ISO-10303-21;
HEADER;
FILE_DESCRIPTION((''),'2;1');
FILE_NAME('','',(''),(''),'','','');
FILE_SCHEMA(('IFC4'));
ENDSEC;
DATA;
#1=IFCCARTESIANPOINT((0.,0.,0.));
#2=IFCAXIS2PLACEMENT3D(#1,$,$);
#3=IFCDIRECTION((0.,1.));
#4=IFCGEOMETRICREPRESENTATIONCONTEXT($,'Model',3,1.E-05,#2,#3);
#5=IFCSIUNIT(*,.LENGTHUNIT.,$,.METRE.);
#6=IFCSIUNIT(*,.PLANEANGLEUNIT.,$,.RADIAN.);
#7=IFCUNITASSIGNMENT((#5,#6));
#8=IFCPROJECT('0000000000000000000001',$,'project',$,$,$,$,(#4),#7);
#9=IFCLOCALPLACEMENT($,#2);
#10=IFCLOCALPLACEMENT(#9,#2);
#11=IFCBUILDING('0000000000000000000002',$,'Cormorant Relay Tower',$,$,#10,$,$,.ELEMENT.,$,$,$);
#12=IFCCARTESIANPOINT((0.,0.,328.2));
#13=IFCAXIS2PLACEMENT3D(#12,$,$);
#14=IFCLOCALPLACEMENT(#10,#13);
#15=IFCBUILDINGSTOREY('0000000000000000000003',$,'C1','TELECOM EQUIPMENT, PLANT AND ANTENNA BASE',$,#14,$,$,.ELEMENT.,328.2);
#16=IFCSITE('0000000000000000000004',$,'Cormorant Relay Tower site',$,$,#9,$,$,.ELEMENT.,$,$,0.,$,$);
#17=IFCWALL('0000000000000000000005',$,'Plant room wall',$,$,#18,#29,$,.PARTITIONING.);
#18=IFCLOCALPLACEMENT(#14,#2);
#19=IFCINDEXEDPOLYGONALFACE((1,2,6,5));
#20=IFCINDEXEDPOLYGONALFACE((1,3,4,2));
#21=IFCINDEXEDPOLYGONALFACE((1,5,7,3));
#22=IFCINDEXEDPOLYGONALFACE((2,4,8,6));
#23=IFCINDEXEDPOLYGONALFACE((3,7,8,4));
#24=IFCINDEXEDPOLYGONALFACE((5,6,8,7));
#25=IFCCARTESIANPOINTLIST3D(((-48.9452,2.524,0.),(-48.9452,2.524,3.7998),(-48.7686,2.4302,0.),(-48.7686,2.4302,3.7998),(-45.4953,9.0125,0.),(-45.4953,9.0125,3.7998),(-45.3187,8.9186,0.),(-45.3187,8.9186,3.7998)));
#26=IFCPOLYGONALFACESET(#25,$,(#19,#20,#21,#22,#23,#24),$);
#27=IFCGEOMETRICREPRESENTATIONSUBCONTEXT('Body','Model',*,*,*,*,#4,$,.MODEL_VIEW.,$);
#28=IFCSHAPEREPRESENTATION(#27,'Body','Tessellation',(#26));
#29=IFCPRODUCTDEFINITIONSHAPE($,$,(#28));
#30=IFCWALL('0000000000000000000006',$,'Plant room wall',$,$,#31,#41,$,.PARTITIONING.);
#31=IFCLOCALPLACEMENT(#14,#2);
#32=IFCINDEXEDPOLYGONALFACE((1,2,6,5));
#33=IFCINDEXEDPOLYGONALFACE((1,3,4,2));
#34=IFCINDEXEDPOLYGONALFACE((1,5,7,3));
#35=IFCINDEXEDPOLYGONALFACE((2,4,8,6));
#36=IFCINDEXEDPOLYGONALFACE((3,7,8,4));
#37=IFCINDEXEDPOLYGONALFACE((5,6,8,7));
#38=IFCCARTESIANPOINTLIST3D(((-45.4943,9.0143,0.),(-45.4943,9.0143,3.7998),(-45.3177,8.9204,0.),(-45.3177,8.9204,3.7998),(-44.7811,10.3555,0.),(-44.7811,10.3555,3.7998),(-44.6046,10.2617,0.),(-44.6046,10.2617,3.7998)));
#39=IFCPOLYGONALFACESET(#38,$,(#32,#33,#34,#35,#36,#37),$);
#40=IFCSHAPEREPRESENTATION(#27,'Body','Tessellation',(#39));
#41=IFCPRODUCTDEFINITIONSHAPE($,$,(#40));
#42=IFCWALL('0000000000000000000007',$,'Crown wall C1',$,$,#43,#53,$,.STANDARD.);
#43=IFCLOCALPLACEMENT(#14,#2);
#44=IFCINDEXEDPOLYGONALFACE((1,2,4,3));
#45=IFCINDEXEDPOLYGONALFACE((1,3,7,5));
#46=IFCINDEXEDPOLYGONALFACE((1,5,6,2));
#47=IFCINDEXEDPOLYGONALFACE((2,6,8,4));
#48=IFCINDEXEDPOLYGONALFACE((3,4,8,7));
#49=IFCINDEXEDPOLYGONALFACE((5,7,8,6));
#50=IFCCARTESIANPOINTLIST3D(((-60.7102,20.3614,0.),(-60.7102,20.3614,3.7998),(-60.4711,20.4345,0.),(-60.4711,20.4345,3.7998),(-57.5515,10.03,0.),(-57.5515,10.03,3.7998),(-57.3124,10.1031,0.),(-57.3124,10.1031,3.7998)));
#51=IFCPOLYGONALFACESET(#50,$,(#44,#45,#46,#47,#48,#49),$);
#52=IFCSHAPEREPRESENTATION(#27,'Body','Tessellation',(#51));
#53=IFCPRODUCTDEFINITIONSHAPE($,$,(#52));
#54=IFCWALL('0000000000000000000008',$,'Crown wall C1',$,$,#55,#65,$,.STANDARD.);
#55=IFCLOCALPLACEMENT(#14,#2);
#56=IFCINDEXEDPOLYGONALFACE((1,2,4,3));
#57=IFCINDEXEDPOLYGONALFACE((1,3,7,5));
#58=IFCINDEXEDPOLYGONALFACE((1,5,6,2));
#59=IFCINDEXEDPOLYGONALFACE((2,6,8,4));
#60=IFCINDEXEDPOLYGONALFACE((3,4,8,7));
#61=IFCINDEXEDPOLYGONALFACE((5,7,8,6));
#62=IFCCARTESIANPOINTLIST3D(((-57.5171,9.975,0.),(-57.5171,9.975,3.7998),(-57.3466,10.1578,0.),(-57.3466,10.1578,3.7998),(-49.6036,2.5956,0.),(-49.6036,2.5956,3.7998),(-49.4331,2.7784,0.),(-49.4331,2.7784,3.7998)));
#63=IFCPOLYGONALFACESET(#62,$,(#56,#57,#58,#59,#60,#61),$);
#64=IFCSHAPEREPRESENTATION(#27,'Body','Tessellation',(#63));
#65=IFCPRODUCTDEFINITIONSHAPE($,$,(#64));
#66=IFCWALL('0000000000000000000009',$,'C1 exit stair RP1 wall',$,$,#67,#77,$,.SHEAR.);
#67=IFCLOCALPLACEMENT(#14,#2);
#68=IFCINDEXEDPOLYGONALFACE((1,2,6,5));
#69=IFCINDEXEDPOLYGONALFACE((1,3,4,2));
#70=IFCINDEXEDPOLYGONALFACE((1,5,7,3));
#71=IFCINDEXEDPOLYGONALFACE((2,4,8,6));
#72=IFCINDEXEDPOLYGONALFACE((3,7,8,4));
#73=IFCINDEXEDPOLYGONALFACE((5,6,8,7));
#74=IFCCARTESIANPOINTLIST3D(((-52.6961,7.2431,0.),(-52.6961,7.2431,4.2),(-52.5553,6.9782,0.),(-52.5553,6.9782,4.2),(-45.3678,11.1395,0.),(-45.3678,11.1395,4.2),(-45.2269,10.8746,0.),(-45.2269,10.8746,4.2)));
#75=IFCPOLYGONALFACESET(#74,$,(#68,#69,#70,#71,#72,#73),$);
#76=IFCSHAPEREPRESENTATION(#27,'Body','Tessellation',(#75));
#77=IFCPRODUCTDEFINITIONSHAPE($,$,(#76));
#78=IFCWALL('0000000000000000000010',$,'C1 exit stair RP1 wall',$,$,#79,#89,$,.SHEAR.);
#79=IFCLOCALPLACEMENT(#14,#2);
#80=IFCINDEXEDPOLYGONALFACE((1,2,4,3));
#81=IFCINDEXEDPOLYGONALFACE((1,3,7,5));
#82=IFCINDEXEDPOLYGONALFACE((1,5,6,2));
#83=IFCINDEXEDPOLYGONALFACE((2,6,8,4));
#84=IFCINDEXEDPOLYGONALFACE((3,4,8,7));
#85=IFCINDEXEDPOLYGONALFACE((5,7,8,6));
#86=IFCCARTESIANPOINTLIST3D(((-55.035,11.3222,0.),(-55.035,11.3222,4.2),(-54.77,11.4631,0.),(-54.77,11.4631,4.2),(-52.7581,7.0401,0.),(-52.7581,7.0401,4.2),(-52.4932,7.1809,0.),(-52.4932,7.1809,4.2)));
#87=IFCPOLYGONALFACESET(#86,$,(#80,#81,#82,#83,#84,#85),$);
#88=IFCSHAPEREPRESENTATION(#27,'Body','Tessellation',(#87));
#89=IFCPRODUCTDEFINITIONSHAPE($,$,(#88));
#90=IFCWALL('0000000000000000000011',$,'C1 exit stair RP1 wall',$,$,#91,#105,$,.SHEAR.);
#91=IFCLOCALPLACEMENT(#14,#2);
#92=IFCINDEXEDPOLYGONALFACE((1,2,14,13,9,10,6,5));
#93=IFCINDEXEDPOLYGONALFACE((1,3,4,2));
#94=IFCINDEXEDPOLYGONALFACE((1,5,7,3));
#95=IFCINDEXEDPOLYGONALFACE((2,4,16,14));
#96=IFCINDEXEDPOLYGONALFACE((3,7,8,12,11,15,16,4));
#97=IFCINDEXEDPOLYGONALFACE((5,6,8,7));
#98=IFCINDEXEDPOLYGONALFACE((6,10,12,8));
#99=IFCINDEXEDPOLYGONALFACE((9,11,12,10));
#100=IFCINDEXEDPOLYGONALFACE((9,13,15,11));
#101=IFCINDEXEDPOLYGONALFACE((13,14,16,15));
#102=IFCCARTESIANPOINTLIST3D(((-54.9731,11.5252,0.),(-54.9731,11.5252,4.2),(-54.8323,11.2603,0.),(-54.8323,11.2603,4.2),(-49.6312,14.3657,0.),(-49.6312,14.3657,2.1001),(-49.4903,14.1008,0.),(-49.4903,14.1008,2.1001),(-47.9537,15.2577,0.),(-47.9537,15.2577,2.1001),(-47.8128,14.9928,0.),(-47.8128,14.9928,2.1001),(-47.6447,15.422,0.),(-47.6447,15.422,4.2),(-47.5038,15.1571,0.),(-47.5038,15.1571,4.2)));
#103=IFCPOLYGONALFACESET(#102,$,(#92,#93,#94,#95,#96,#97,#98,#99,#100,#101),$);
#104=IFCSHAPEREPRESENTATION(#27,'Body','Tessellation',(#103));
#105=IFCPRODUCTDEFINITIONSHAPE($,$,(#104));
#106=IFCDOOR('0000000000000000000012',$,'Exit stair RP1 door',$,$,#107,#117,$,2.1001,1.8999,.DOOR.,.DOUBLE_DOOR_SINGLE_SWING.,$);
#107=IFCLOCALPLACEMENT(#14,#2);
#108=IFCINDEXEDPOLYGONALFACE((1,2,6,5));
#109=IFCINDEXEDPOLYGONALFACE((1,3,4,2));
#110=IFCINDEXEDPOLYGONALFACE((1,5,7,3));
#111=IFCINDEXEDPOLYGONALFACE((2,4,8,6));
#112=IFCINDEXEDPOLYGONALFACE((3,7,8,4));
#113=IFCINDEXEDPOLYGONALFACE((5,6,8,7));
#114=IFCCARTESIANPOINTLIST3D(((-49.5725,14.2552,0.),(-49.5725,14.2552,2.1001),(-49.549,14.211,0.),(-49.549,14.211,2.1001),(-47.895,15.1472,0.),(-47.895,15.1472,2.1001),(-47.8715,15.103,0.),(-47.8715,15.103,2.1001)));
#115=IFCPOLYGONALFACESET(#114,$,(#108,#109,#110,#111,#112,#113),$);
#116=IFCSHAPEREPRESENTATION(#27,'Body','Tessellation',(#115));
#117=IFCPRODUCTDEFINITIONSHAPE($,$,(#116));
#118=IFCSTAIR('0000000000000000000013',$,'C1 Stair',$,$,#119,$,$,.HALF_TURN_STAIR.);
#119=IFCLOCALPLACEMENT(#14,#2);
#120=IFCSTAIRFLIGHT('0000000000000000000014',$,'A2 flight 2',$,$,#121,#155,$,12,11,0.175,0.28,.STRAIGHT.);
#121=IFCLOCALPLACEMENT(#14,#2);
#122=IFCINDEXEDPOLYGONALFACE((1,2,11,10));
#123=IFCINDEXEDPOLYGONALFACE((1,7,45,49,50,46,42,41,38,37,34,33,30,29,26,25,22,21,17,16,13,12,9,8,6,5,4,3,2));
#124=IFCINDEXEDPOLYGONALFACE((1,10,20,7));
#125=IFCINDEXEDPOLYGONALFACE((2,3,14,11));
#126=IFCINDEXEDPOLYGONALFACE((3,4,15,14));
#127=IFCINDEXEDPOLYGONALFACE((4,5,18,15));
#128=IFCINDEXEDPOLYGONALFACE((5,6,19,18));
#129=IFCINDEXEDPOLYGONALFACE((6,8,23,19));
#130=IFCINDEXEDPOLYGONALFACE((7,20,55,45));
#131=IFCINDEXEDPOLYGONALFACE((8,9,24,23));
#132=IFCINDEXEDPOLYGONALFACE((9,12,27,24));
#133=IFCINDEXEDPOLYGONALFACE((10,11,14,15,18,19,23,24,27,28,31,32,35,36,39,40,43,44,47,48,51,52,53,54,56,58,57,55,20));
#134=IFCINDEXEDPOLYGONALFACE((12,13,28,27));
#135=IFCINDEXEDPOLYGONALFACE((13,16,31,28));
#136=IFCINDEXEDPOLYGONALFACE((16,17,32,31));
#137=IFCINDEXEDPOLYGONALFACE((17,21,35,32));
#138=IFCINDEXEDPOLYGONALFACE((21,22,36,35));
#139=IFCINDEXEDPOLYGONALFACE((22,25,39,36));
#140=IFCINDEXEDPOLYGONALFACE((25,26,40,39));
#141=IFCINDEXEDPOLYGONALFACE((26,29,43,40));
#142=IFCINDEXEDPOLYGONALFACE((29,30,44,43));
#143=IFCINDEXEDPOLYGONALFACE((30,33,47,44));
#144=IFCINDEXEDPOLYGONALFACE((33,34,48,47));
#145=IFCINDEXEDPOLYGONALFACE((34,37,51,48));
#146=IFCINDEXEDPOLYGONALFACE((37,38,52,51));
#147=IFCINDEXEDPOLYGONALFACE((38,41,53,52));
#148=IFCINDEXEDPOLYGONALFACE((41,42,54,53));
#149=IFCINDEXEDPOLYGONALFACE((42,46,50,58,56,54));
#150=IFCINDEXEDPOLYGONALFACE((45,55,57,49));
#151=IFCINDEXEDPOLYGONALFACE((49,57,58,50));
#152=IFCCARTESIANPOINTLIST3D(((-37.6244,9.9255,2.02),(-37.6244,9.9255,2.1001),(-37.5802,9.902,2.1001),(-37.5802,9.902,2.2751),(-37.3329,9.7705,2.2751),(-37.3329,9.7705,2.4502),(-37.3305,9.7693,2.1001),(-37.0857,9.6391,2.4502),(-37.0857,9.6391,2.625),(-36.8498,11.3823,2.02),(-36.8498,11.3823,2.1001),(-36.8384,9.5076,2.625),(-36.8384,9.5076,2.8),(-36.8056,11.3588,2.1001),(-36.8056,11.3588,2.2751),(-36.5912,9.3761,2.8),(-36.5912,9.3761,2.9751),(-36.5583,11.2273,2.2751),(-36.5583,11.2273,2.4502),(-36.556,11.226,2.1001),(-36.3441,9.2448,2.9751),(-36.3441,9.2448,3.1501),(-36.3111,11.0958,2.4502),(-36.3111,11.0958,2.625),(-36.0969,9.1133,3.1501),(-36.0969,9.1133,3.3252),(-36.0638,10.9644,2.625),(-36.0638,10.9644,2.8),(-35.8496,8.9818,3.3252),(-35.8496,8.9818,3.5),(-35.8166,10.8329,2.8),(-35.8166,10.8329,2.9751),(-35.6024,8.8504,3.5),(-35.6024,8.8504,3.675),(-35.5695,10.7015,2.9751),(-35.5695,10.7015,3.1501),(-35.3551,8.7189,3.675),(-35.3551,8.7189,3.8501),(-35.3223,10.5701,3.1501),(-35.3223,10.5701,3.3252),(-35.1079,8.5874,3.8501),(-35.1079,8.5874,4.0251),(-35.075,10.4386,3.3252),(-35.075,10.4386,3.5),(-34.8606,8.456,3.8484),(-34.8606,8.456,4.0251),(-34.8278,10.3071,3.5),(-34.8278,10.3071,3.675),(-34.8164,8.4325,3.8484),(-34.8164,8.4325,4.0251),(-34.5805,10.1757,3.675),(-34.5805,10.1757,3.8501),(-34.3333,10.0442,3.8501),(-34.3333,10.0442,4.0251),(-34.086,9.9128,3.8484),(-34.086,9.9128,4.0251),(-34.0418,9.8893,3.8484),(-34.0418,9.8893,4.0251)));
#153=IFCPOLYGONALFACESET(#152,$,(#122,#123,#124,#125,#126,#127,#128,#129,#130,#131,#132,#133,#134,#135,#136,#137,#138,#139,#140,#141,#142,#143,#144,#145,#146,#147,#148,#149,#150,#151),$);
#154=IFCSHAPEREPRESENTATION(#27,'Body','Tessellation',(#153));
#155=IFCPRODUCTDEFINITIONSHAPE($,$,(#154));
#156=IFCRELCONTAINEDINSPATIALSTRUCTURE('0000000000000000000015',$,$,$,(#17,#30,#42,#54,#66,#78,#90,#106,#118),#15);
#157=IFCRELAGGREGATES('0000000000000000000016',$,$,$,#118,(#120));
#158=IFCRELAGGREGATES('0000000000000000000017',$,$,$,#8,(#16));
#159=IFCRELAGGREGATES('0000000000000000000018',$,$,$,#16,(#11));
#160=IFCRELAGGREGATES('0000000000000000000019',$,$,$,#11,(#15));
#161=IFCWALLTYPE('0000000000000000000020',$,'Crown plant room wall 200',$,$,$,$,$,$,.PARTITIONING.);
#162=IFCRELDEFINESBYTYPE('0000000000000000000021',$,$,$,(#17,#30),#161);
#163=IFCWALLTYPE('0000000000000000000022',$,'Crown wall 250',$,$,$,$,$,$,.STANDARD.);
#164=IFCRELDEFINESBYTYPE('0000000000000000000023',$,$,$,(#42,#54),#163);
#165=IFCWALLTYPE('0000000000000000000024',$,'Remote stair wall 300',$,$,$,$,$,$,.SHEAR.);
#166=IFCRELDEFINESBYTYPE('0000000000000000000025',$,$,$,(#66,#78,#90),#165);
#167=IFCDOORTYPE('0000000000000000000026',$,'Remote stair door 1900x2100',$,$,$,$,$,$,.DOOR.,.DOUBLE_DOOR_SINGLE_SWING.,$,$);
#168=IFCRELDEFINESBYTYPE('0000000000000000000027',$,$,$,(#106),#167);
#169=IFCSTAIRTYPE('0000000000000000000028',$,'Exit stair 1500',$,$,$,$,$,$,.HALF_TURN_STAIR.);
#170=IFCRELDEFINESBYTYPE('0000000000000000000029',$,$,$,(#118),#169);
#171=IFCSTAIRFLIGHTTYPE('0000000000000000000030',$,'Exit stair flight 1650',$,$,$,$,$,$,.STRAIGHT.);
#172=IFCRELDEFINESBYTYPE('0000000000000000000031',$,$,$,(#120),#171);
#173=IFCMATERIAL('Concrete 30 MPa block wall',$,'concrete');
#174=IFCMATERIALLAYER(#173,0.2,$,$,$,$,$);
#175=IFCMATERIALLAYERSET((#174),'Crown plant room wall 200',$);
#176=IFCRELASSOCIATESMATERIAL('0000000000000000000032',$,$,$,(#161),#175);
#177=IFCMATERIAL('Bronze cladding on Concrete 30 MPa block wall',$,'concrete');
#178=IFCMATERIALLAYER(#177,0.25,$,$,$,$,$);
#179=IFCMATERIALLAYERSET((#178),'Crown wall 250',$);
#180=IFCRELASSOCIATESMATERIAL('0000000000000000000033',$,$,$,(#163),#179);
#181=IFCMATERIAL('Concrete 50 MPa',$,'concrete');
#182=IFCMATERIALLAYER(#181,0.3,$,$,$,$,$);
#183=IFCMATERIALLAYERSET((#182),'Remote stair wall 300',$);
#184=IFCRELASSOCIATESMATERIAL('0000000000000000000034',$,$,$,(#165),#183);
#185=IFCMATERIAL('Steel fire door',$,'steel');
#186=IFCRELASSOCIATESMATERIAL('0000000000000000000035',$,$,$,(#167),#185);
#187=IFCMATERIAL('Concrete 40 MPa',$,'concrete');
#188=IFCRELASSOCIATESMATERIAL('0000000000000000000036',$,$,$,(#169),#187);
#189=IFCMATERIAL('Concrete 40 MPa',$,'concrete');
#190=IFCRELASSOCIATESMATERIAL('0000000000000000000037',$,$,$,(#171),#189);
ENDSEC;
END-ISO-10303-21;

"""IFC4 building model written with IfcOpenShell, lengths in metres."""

from ifc_helpers import new_model, si_unit, direction, frame, frame_2d, origin, place, context, subcontext, project, spatial, polyline, rectangle, outline, extrude, material, layer, layer_set, type_object, element, fill, aggregate, save


model = new_model("IFC4")

# Units and contexts
model_context = context("Model", 3, precision=1e-05, world=origin(), true_north=direction((0.0, 1.0)))
body_context = subcontext(model_context, "Body", "Model", "MODEL_VIEW")
ifc_project = project(units=[si_unit("LENGTHUNIT", "METRE"), si_unit("PLANEANGLEUNIT", "RADIAN")], contexts=[model_context])

# Site, building, storey
site_placement = place(None, origin())
site = spatial("IfcSite", under=ifc_project, at=site_placement, Name="Cormorant Relay Tower site", CompositionType="ELEMENT", RefElevation=0.0)
building_placement = place(site_placement, origin())
building = spatial("IfcBuilding", under=site, at=building_placement, Name="Cormorant Relay Tower", CompositionType="ELEMENT")
storey_placement = place(building_placement, frame((0.0, 0.0, 328.2)))
storey = spatial("IfcBuildingStorey", under=building, at=storey_placement, Name="C1", Description="TELECOM EQUIPMENT, PLANT AND ANTENNA BASE", CompositionType="ELEMENT", Elevation=328.2)

# Shared definitions
ifc_material_1 = material(Name="Concrete 30 MPa block wall", Category="concrete")
ifc_layer_1 = layer(ifc_material_1, 0.2)
ifc_layer_set_1 = layer_set([ifc_layer_1], Name="Crown plant room wall 200")
wall_type_1 = type_object("IfcWallType", Name="Crown plant room wall 200", PredefinedType="PARTITIONING", material=ifc_layer_set_1)

# Walls
wall_1_placement = place(storey_placement, frame((-45.407, 8.9656, 0.0), z_axis=(0.0, 0.0, 1.0), x_axis=(-0.469465, -0.882951, 0.0)))
element("IfcWall", 1, at=wall_1_placement, inside=storey, type_object=wall_type_1, Name="Plant room wall", PredefinedType="PARTITIONING", context=body_context, shape_type="SweptSolid", body=[
    extrude(rectangle(XDim=7.3486, YDim=0.2, at=frame_2d((3.6743, 0.0))), origin(), (0.0, 0.0, 1.0), 3.7998),
])
wall_2_placement = place(storey_placement, frame((-44.6929, 10.3086, 0.0), z_axis=(0.0, 0.0, 1.0), x_axis=(-0.469445, -0.882962, 0.0)))
element("IfcWall", 2, at=wall_2_placement, inside=storey, type_object=wall_type_1, Name="Plant room wall", PredefinedType="PARTITIONING", context=body_context, shape_type="SweptSolid", body=[
    extrude(rectangle(XDim=1.519, YDim=0.2, at=frame_2d((0.7595, 0.0))), origin(), (0.0, 0.0, 1.0), 3.7998),
])
ifc_material_2 = material(Name="Bronze cladding on Concrete 30 MPa block wall", Category="concrete")
ifc_layer_2 = layer(ifc_material_2, 0.25)
ifc_layer_set_2 = layer_set([ifc_layer_2], Name="Crown wall 250")
wall_type_2 = type_object("IfcWallType", Name="Crown wall 250", PredefinedType="STANDARD", material=ifc_layer_set_2)
wall_3_placement = place(storey_placement, frame((-57.4319, 10.0664, 0.0), z_axis=(0.0, 0.0, 1.0), x_axis=(-0.29238, 0.956302, 0.0)))
element("IfcWall", 3, at=wall_3_placement, inside=storey, type_object=wall_type_2, Name="Crown wall C1", PredefinedType="STANDARD", context=body_context, shape_type="SweptSolid", body=[
    extrude(rectangle(XDim=10.8035, YDim=0.25, at=frame_2d((5.4019, 0.0))), origin(), (0.0, 0.0, 1.0), 3.7998),
])
wall_4_placement = place(storey_placement, frame((-49.5183, 2.687, 0.0), z_axis=(0.0, 0.0, 1.0), x_axis=(-0.73136, 0.681992, 0.0)))
element("IfcWall", 4, at=wall_4_placement, inside=storey, type_object=wall_type_2, Name="Crown wall C1", PredefinedType="STANDARD", context=body_context, shape_type="SweptSolid", body=[
    extrude(rectangle(XDim=10.8203, YDim=0.25, at=frame_2d((5.4102, 0.0))), origin(), (0.0, 0.0, 1.0), 3.7998),
])
ifc_material_3 = material(Name="Concrete 50 MPa", Category="concrete")
ifc_layer_3 = layer(ifc_material_3, 0.3)
ifc_layer_set_3 = layer_set([ifc_layer_3], Name="Remote stair wall 300")
wall_type_3 = type_object("IfcWallType", Name="Remote stair wall 300", PredefinedType="SHEAR", material=ifc_layer_set_3)
wall_5_placement = place(storey_placement, frame((-45.2974, 11.0071, 0.0), z_axis=(0.0, 0.0, 1.0), x_axis=(-0.882952, -0.469464, 0.0)))
element("IfcWall", 5, at=wall_5_placement, inside=storey, type_object=wall_type_3, Name="C1 exit stair RP1 wall", PredefinedType="SHEAR", context=body_context, shape_type="SweptSolid", body=[
    extrude(rectangle(XDim=8.2998, YDim=0.3, at=frame_2d((4.1499, 0.0))), origin(), (0.0, 0.0, 1.0), 4.2),
])
wall_6_placement = place(storey_placement, frame((-52.6257, 7.1106, 0.0), z_axis=(0.0, 0.0, 1.0), x_axis=(-0.469464, 0.882951, 0.0)))
element("IfcWall", 6, at=wall_6_placement, inside=storey, type_object=wall_type_3, Name="C1 exit stair RP1 wall", PredefinedType="SHEAR", context=body_context, shape_type="SweptSolid", body=[
    extrude(rectangle(XDim=4.8499, YDim=0.3, at=frame_2d((2.4248, 0.0))), origin(), (0.0, 0.0, 1.0), 4.2),
])

# Wall, opening, door
wall_7_placement = place(storey_placement, frame((-54.9026, 11.3928, 0.0), z_axis=(0.0, 0.0, 1.0), x_axis=(0.882939, 0.469487, 0.0)))
wall_7 = element("IfcWall", 7, at=wall_7_placement, inside=storey, type_object=wall_type_3, Name="C1 exit stair RP1 wall", PredefinedType="SHEAR", context=body_context, shape_type="SweptSolid", body=[
    extrude(rectangle(XDim=8.3, YDim=0.3, at=frame_2d((4.1499, 0.0))), origin(), (0.0, 0.0, 1.0), 4.2),
])
opening_1_placement = place(wall_7_placement, frame((6.05, 0.0, 0.0)))
opening_1 = element("IfcOpeningElement", 8, at=opening_1_placement, cuts=wall_7, PredefinedType="OPENING", context=body_context, shape_type="SweptSolid", body=[
    extrude(rectangle(XDim=1.8999, YDim=2.1001, at=frame_2d((0.95, 1.05))), frame((0.0, 0.1599, 0.0), z_axis=(0.0, -1.0, 0.0), x_axis=(1.0, 0.0, 0.0)), (0.0, 0.0, 1.0), 0.3201),
])
ifc_material_4 = material(Name="Steel fire door", Category="steel")
door_type_1 = type_object("IfcDoorType", Name="Remote stair door 1900x2100", OperationType="DOUBLE_DOOR_SINGLE_SWING", PredefinedType="DOOR", material=ifc_material_4)
door_1_placement = place(opening_1_placement, origin())
door_1 = element("IfcDoor", 9, at=door_1_placement, inside=storey, type_object=door_type_1, Name="Exit stair RP1 door", OperationType="DOUBLE_DOOR_SINGLE_SWING", OverallHeight=2.1001, OverallWidth=1.8999, PredefinedType="DOOR", context=body_context, shape_type="SweptSolid", body=[
    extrude(rectangle(XDim=1.8999, YDim=2.1001, at=frame_2d((0.95, 1.05))), frame((0.0, 0.0249, 0.0), z_axis=(0.0, -1.0, 0.0), x_axis=(1.0, 0.0, 0.0)), (0.0, 0.0, 1.0), 0.05),
])
fill(opening_1, door_1)

# Stair, stair flight
ifc_material_5 = material(Name="Concrete 40 MPa", Category="concrete")
stair_type_1 = type_object("IfcStairType", Name="Exit stair 1500", PredefinedType="HALF_TURN_STAIR", material=ifc_material_5)
stair_1_placement = place(storey_placement, origin())
stair_1 = element("IfcStair", 10, at=stair_1_placement, inside=storey, type_object=stair_type_1, Name="C1 Stair", PredefinedType="HALF_TURN_STAIR")
ifc_material_6 = material(Name="Concrete 40 MPa", Category="concrete")
stair_flight_type_1 = type_object("IfcStairFlightType", Name="Exit stair flight 1650", PredefinedType="STRAIGHT", material=ifc_material_6)
stair_flight_1_placement = place(storey_placement, frame((-37.1929, 10.6304, 2.1001), z_axis=(0.0, 0.0, 1.0), x_axis=(0.882948, -0.469472, 0.0)))
stair_flight_1 = element("IfcStairFlight", 11, at=stair_flight_1_placement, type_object=stair_flight_type_1, Name="A2 flight 2", NumberOfRisers=12, NumberOfTreads=11, PredefinedType="STRAIGHT", RiserHeight=0.175, TreadLength=0.28, context=body_context, shape_type="SweptSolid", body=[
    extrude(outline(polyline([(-0.05, -0.0801), (-0.05, 0.0), (0.0, 0.0), (0.0, 0.175), (0.28, 0.175), (0.28, 0.3501), (0.5601, 0.3501), (0.5601, 0.5249), (0.8401, 0.5249), (0.8401, 0.7), (1.1201, 0.7), (1.1201, 0.875), (1.3999, 0.875), (1.3999, 1.05), (1.6799, 1.05), (1.6799, 1.2251), (1.96, 1.2251), (1.96, 1.3999), (2.24, 1.3999), (2.24, 1.575), (2.52, 1.575), (2.52, 1.75), (2.8, 1.75), (2.8, 1.925), (3.0801, 1.925), (3.1301, 1.925), (3.1301, 1.7483), (3.0801, 1.7483), (0.2827, 0.0), (-0.05, -0.0801)])), frame((0.0, 0.825, 0.0), z_axis=(0.0, -1.0, 0.0), x_axis=(1.0, 0.0, 0.0)), (0.0, 0.0, 1.0), 1.6499),
])
aggregate(stair_1, [stair_flight_1])

save(model, "model.ifc")
